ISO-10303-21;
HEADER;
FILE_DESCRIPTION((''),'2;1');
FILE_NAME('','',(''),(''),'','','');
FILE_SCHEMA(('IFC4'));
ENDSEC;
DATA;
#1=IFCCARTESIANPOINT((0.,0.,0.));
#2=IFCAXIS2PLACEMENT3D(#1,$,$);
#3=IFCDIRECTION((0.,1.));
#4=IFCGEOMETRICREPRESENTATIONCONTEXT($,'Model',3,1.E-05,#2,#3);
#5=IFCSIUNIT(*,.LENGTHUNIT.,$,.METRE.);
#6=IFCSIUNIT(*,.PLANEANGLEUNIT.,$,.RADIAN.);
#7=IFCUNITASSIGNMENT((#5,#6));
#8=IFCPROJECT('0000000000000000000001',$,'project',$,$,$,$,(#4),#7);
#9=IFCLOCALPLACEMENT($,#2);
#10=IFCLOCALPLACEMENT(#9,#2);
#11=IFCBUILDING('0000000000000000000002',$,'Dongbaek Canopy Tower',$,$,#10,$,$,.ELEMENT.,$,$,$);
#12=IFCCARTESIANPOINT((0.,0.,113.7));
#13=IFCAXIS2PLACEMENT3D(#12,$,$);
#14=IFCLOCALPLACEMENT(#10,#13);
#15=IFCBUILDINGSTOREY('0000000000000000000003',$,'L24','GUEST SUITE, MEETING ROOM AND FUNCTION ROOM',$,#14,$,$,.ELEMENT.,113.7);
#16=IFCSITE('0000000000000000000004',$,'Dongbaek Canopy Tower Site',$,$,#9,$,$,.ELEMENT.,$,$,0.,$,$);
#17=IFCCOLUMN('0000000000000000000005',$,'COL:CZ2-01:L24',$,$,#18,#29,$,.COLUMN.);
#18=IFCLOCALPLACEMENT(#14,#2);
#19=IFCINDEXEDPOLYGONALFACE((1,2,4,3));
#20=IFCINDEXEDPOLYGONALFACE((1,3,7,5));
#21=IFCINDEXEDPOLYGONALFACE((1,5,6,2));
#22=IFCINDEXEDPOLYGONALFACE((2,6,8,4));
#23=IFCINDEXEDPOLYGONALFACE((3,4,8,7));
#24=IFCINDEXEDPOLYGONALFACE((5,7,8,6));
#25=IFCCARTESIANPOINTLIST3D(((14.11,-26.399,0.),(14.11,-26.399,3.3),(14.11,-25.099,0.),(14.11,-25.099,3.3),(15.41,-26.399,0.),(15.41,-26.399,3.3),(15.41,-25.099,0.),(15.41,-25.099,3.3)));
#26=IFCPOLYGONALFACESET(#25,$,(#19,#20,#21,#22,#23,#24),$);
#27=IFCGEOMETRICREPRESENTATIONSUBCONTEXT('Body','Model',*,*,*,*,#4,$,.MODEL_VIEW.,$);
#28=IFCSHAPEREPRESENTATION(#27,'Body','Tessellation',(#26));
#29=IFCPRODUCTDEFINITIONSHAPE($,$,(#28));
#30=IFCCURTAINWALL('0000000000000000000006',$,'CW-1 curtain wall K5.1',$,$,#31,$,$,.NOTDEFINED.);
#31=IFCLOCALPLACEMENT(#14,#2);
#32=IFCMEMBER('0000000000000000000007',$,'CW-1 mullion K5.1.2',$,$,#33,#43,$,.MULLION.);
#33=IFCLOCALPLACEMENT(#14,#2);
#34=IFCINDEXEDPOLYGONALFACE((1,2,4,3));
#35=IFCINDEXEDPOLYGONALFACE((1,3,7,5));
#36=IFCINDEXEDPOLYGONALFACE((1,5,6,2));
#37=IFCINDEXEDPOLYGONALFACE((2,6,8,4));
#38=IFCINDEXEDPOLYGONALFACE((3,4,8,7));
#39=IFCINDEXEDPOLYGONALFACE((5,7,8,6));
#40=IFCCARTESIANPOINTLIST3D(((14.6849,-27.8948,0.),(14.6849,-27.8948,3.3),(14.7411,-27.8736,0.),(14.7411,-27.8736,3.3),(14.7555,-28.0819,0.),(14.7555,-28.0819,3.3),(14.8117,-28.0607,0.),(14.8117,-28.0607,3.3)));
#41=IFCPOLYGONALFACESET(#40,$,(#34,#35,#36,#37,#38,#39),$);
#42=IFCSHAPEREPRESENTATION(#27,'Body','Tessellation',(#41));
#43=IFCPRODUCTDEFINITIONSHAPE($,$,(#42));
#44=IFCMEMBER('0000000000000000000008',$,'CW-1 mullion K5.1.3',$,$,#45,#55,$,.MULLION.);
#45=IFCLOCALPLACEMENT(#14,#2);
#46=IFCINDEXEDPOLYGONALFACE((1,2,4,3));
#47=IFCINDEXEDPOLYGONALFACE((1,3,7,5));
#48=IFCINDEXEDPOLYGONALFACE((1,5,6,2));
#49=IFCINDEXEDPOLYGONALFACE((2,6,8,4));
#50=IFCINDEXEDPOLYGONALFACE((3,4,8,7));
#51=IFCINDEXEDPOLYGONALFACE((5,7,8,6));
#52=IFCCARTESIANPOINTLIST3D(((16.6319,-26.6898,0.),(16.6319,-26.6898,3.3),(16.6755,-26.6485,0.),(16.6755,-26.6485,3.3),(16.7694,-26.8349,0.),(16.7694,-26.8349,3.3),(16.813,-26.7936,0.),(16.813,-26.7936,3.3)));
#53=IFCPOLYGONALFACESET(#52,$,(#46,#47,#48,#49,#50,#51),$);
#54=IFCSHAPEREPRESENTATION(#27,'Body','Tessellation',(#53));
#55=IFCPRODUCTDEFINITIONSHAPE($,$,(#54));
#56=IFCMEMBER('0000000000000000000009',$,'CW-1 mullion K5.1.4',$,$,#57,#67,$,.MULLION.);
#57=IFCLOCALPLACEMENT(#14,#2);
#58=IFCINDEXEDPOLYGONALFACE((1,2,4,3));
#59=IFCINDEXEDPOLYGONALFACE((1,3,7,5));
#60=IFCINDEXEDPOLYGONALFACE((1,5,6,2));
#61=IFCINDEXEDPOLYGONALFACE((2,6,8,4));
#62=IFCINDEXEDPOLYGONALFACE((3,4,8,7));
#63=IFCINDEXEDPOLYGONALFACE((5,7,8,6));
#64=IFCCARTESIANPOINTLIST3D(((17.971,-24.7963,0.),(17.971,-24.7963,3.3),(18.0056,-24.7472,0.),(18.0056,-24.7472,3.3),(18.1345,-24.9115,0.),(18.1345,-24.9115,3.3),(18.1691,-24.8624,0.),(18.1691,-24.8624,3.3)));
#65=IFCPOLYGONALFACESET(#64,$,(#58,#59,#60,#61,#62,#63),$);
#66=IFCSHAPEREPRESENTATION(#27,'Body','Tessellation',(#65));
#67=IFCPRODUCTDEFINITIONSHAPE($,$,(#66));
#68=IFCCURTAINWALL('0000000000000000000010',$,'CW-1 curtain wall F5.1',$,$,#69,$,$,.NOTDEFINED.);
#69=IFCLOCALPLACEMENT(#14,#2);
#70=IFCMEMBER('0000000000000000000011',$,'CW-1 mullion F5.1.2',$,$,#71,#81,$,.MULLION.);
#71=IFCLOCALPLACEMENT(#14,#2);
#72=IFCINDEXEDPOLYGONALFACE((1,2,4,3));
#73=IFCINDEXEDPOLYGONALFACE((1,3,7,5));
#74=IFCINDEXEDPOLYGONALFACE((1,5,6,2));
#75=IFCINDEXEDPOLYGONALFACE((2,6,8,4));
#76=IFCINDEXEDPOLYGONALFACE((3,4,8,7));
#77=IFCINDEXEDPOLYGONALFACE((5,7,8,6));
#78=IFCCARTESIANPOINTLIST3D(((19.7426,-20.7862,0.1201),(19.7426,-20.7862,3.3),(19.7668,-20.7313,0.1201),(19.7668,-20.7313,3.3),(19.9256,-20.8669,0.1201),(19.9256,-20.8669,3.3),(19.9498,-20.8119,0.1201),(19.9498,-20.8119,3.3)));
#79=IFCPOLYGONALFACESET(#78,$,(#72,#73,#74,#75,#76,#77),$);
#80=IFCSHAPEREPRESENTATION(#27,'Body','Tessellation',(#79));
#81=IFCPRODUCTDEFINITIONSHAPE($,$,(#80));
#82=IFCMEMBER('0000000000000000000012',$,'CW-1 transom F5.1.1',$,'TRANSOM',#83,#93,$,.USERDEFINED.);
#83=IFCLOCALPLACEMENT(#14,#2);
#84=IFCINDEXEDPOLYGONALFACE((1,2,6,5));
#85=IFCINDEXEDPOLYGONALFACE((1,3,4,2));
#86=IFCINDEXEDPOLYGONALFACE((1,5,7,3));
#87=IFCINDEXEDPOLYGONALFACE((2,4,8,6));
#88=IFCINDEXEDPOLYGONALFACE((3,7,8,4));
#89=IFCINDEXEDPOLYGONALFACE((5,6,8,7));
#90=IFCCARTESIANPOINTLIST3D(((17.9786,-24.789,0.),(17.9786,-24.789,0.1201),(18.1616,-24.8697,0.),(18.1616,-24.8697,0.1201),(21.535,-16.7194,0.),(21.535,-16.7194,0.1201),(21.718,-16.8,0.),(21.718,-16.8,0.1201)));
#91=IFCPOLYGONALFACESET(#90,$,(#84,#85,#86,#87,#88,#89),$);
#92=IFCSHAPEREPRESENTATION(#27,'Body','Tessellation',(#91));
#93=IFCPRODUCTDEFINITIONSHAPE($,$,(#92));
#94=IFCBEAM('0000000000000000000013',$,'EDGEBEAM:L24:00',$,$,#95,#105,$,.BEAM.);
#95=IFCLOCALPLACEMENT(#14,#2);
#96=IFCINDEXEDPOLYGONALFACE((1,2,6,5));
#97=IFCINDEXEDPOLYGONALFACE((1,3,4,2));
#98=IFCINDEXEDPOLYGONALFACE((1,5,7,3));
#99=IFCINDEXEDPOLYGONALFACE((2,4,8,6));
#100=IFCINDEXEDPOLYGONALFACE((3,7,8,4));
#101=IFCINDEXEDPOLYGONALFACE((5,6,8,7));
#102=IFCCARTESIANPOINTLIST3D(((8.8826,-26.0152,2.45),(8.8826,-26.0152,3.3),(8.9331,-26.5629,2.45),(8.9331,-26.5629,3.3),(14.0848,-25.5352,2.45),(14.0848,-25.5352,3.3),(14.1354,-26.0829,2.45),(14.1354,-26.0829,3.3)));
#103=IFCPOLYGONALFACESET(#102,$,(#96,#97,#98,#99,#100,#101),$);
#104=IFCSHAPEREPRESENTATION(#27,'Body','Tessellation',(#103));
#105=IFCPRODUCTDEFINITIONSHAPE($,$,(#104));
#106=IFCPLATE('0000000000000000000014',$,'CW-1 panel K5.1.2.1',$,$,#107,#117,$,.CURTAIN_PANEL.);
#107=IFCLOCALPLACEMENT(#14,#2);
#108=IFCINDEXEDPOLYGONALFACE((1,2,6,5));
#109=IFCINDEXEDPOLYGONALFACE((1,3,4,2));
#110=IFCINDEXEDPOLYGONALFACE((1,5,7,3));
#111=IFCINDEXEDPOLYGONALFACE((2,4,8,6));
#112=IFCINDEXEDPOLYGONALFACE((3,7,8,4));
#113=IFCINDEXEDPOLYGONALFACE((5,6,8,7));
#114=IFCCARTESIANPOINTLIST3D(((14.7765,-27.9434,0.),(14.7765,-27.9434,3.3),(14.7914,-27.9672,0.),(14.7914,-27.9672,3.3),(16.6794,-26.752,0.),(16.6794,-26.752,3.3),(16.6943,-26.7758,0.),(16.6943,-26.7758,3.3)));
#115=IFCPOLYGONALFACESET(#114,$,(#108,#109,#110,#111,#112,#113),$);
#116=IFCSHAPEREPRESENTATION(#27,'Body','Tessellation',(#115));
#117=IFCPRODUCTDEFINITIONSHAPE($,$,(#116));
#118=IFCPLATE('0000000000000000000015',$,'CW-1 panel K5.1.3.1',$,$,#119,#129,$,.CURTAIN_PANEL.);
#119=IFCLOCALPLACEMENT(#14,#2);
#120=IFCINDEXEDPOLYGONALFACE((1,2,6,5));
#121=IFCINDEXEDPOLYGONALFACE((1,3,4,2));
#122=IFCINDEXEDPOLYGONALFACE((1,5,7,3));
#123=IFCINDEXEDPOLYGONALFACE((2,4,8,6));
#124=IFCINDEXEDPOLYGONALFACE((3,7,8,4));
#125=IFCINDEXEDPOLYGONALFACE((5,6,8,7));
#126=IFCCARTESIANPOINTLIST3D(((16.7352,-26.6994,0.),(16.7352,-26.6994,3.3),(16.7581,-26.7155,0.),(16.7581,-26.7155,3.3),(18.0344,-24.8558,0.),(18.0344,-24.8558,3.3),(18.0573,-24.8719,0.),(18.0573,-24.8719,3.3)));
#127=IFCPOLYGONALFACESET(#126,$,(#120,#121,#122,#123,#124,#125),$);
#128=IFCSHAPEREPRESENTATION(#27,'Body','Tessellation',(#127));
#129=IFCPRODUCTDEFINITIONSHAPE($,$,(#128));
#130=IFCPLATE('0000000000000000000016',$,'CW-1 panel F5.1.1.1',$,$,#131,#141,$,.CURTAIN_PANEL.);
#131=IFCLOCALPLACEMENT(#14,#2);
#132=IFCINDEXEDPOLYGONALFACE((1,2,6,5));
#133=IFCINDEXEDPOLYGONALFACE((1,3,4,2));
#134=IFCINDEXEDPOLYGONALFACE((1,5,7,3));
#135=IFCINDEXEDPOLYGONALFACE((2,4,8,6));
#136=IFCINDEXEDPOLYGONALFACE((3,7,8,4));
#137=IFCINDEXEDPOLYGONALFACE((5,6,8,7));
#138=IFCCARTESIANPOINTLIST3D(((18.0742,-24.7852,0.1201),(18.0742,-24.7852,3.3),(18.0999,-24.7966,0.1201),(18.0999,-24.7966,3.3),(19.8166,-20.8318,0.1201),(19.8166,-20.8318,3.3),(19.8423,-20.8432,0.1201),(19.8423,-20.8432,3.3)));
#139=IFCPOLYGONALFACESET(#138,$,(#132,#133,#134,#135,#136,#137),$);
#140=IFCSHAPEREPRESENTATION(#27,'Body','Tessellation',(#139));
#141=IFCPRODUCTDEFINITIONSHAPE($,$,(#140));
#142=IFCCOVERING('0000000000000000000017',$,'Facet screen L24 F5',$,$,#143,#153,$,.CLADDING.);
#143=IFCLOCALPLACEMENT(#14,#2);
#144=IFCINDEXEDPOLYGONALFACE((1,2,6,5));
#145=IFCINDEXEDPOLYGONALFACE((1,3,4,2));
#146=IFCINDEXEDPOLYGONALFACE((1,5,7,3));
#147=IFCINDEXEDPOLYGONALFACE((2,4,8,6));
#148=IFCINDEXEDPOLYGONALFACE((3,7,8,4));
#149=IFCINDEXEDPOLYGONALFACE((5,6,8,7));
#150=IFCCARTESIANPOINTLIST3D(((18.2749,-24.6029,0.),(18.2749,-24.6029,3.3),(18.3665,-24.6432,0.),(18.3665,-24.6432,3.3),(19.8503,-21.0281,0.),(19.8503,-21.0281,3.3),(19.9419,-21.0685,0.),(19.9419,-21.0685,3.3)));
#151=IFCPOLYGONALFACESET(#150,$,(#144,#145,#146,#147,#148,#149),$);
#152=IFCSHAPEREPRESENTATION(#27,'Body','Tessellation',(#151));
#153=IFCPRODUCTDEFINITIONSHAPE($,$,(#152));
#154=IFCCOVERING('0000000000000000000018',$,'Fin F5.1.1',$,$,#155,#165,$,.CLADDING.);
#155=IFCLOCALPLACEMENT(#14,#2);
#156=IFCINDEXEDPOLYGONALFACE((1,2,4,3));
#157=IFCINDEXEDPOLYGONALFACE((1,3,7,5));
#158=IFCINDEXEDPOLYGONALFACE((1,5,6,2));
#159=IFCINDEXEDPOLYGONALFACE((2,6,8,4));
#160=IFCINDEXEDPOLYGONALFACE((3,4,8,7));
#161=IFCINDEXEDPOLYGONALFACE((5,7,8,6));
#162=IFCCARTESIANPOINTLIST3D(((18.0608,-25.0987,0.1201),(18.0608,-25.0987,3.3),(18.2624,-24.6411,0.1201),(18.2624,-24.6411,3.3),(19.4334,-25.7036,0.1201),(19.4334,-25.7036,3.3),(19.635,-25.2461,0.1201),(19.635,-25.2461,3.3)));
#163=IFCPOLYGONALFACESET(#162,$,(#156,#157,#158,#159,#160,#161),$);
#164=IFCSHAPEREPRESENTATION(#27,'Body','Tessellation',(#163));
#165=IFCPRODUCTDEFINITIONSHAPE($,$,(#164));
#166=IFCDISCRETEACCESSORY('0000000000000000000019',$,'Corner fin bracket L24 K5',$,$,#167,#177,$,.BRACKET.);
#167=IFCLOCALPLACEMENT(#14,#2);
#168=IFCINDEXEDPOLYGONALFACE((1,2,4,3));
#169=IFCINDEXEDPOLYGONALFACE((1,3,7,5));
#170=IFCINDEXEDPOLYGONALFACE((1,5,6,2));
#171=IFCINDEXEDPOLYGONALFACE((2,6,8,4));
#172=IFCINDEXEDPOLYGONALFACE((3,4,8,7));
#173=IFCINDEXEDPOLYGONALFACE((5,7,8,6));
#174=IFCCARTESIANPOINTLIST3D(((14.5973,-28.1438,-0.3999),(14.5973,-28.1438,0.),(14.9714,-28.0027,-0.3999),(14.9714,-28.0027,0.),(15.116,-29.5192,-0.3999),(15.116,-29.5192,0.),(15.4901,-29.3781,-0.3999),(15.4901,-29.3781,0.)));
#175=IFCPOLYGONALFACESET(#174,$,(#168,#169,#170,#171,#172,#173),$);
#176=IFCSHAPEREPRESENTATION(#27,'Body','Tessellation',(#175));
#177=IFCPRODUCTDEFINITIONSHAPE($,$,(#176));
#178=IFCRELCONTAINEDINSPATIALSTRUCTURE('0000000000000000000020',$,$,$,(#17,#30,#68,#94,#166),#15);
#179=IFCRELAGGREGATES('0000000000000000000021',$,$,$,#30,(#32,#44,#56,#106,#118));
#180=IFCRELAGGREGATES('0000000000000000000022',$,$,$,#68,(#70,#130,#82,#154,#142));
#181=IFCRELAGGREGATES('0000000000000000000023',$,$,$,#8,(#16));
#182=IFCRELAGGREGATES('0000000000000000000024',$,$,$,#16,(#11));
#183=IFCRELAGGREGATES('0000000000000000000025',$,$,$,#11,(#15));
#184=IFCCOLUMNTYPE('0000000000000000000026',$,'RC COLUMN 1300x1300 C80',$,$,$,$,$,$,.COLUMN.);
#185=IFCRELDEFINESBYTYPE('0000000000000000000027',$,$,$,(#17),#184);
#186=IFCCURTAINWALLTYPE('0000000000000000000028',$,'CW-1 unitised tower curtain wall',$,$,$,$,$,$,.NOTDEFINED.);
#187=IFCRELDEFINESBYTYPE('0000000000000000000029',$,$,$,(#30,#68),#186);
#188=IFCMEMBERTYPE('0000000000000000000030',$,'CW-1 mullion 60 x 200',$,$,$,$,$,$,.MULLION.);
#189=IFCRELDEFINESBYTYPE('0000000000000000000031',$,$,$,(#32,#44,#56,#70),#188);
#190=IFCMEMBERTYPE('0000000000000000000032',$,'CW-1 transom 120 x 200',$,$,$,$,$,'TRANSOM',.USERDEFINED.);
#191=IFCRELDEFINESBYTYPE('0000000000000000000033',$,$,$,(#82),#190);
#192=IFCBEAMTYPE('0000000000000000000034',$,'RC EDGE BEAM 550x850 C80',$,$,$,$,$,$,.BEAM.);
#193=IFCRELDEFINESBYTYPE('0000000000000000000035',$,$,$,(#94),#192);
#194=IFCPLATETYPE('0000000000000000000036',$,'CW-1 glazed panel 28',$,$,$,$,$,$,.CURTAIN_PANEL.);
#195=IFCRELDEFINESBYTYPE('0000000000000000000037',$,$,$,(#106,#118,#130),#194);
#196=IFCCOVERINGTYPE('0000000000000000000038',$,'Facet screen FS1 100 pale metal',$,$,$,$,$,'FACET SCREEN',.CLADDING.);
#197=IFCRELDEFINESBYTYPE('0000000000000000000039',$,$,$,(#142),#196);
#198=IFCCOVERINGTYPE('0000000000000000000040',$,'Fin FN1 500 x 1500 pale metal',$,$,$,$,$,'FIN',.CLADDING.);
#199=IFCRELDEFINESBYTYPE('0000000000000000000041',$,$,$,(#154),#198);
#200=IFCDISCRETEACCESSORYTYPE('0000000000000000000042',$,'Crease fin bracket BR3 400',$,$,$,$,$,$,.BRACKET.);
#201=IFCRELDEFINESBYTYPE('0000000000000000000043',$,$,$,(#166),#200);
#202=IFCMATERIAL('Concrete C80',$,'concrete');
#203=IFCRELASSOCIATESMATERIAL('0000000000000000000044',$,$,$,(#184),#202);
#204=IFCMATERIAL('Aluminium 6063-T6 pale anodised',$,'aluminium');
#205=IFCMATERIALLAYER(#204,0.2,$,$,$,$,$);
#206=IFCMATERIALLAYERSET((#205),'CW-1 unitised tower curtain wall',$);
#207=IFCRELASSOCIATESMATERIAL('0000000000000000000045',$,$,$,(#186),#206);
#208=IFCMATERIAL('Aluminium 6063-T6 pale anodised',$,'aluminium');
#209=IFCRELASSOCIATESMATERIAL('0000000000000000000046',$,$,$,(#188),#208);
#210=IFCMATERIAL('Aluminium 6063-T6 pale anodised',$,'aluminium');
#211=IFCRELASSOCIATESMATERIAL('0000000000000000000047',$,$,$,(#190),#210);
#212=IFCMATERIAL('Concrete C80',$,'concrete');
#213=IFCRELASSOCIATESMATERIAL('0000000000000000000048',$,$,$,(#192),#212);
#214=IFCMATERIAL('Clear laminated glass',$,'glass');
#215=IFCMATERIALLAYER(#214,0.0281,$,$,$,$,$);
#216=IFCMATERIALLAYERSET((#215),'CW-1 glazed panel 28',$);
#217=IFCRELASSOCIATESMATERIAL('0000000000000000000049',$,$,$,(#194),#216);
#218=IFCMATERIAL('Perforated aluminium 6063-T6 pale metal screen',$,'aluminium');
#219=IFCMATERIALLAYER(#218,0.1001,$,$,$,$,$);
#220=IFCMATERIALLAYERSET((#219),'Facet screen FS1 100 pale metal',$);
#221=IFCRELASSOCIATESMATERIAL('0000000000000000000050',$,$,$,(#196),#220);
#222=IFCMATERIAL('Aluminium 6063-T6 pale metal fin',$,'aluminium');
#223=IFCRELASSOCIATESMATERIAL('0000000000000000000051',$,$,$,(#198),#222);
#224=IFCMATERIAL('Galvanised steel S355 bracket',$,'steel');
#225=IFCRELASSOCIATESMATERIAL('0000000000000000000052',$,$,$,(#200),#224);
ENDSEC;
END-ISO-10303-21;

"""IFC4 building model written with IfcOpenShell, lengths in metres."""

from ifc_helpers import new_model, si_unit, direction, frame, origin, origin_2d, place, context, subcontext, project, spatial, rectangle, extrude, material, layer, layer_set, material_profile, profile_set, type_object, element, aggregate, save


model = new_model("IFC4")

# Units and contexts
model_context = context("Model", 3, precision=1e-05, world=origin(), true_north=direction((0.0, 1.0)))
body_context = subcontext(model_context, "Body", "Model", "MODEL_VIEW")
ifc_project = project(units=[si_unit("LENGTHUNIT", "METRE"), si_unit("PLANEANGLEUNIT", "RADIAN")], contexts=[model_context])

# Site, building, storey
site_placement = place(None, origin())
site = spatial("IfcSite", under=ifc_project, at=site_placement, Name="Dongbaek Canopy Tower Site", CompositionType="ELEMENT", RefElevation=0.0)
building_placement = place(site_placement, origin())
building = spatial("IfcBuilding", under=site, at=building_placement, Name="Dongbaek Canopy Tower", CompositionType="ELEMENT")
storey_placement = place(building_placement, frame((0.0, 0.0, 113.7)))
storey = spatial("IfcBuildingStorey", under=building, at=storey_placement, Name="L24", Description="GUEST SUITE, MEETING ROOM AND FUNCTION ROOM", CompositionType="ELEMENT", Elevation=113.7)

# Column
ifc_material_1 = material(Name="Concrete C80", Category="concrete")
ifc_material_profile_1 = material_profile(ifc_material_1, rectangle(XDim=1.3, YDim=1.3, at=origin_2d()), Name="RC COLUMN 1300x1300 C80")
ifc_profile_set_1 = profile_set([ifc_material_profile_1], Name="Concrete C80")
column_type = type_object("IfcColumnType", Name="RC COLUMN 1300x1300 C80", PredefinedType="COLUMN", material=ifc_profile_set_1)
column_placement = place(storey_placement, frame((14.76, -25.749, 0.0), z_axis=(0.0, 0.0, 1.0), x_axis=(1.0, 0.0, 0.0)))
element("IfcColumn", 1, at=column_placement, inside=storey, type_object=column_type, Name="COL:CZ2-01:L24", PredefinedType="COLUMN", context=body_context, shape_type="SweptSolid", body=[
    extrude(rectangle(XDim=1.3, YDim=1.3, at=origin_2d()), origin(), (0.0, 0.0, 1.0), 3.3),
])

# Curtain walls, members
ifc_material_2 = material(Name="Aluminium 6063-T6 pale anodised", Category="aluminium")
ifc_layer_1 = layer(ifc_material_2, 0.2)
ifc_layer_set_1 = layer_set([ifc_layer_1], Name="CW-1 unitised tower curtain wall")
curtain_wall_type = type_object("IfcCurtainWallType", Name="CW-1 unitised tower curtain wall", PredefinedType="NOTDEFINED", material=ifc_layer_set_1)
curtain_wall_1_placement = place(storey_placement, origin())
curtain_wall_1 = element("IfcCurtainWall", 2, at=curtain_wall_1_placement, inside=storey, type_object=curtain_wall_type, Name="CW-1 curtain wall K5.1", PredefinedType="NOTDEFINED")
ifc_material_3 = material(Name="Aluminium 6063-T6 pale anodised", Category="aluminium")
ifc_material_profile_2 = material_profile(ifc_material_3, rectangle(XDim=0.2, YDim=0.0601, at=origin_2d()), Name="CW-1 mullion 60 x 200")
ifc_profile_set_2 = profile_set([ifc_material_profile_2], Name="Aluminium 6063-T6 pale anodised")
member_type_1 = type_object("IfcMemberType", Name="CW-1 mullion 60 x 200", PredefinedType="MULLION", material=ifc_profile_set_2)
member_1_placement = place(storey_placement, frame((14.7483, -27.9778, 0.0), z_axis=(0.0, 0.0, 1.0), x_axis=(0.352875, -0.93567, 0.0)))
member_1 = element("IfcMember", 3, at=member_1_placement, type_object=member_type_1, Name="CW-1 mullion K5.1.2", PredefinedType="MULLION", context=body_context, shape_type="SweptSolid", body=[
    extrude(rectangle(XDim=0.2, YDim=0.0601, at=origin_2d()), origin(), (0.0, 0.0, 1.0), 3.3),
])
member_2_placement = place(storey_placement, frame((16.7224, -26.7417, 0.0), z_axis=(0.0, 0.0, 1.0), x_axis=(0.68759, -0.726099, 0.0)))
member_2 = element("IfcMember", 4, at=member_2_placement, type_object=member_type_1, Name="CW-1 mullion K5.1.3", PredefinedType="MULLION", context=body_context, shape_type="SweptSolid", body=[
    extrude(rectangle(XDim=0.2, YDim=0.0601, at=origin_2d()), origin(), (0.0, 0.0, 1.0), 3.3),
])
member_3_placement = place(storey_placement, frame((18.0701, -24.8293, 0.0), z_axis=(0.0, 0.0, 1.0), x_axis=(0.817425, -0.576035, 0.0)))
member_3 = element("IfcMember", 5, at=member_3_placement, type_object=member_type_1, Name="CW-1 mullion K5.1.4", PredefinedType="MULLION", context=body_context, shape_type="SweptSolid", body=[
    extrude(rectangle(XDim=0.2, YDim=0.0601, at=origin_2d()), origin(), (0.0, 0.0, 1.0), 3.3),
])
curtain_wall_2_placement = place(storey_placement, origin())
curtain_wall_2 = element("IfcCurtainWall", 6, at=curtain_wall_2_placement, inside=storey, type_object=curtain_wall_type, Name="CW-1 curtain wall F5.1", PredefinedType="NOTDEFINED")
member_4_placement = place(storey_placement, frame((19.8462, -20.7991, 0.1201), z_axis=(0.0, 0.0, 1.0), x_axis=(0.915073, -0.403289, 0.0)))
member_4 = element("IfcMember", 7, at=member_4_placement, type_object=member_type_1, Name="CW-1 mullion F5.1.2", PredefinedType="MULLION", context=body_context, shape_type="SweptSolid", body=[
    extrude(rectangle(XDim=0.2, YDim=0.0601, at=origin_2d()), origin(), (0.0, 0.0, 1.0), 3.1799),
])
ifc_material_4 = material(Name="Aluminium 6063-T6 pale anodised", Category="aluminium")
ifc_material_profile_3 = material_profile(ifc_material_4, rectangle(XDim=0.2, YDim=0.1201, at=origin_2d()), Name="CW-1 transom 120 x 200")
ifc_profile_set_3 = profile_set([ifc_material_profile_3], Name="Aluminium 6063-T6 pale anodised")
member_type_2 = type_object("IfcMemberType", Name="CW-1 transom 120 x 200", ElementType="TRANSOM", PredefinedType="USERDEFINED", material=ifc_profile_set_3)
member_5_placement = place(storey_placement, frame((18.0701, -24.8293, 0.0601), z_axis=(0.403288, 0.915073, 0.0), x_axis=(-0.915073, 0.403288, 0.0)))
member_5 = element("IfcMember", 8, at=member_5_placement, type_object=member_type_2, Name="CW-1 transom F5.1.1", ObjectType="TRANSOM", PredefinedType="USERDEFINED", context=body_context, shape_type="SweptSolid", body=[
    extrude(rectangle(XDim=0.2, YDim=0.1201, at=origin_2d()), origin(), (0.0, 0.0, 1.0), 8.8186),
])

# Beam
ifc_material_5 = material(Name="Concrete C80", Category="concrete")
ifc_material_profile_4 = material_profile(ifc_material_5, rectangle(XDim=0.55, YDim=0.8501, at=origin_2d()), Name="RC EDGE BEAM 550x850 C80")
ifc_profile_set_4 = profile_set([ifc_material_profile_4], Name="Concrete C80")
beam_type = type_object("IfcBeamType", Name="RC EDGE BEAM 550x850 C80", PredefinedType="BEAM", material=ifc_profile_set_4)
beam_placement = place(storey_placement, frame((14.1101, -25.8091, 2.875), z_axis=(-0.99577, -0.091876, 0.0), x_axis=(0.091876, -0.99577, 0.0)))
element("IfcBeam", 9, at=beam_placement, inside=storey, type_object=beam_type, Name="EDGEBEAM:L24:00", PredefinedType="BEAM", context=body_context, shape_type="SweptSolid", body=[
    extrude(rectangle(XDim=0.55, YDim=0.8501, at=origin_2d()), origin(), (0.0, 0.0, 1.0), 5.2244),
])

# Plates
ifc_material_6 = material(Name="Clear laminated glass", Category="glass")
ifc_layer_2 = layer(ifc_material_6, 0.0281)
ifc_layer_set_2 = layer_set([ifc_layer_2], Name="CW-1 glazed panel 28")
plate_type = type_object("IfcPlateType", Name="CW-1 glazed panel 28", PredefinedType="CURTAIN_PANEL", material=ifc_layer_set_2)
plate_1_placement = place(storey_placement, frame((15.7354, -27.3596, 0.0), z_axis=(0.0, 0.0, 1.0), x_axis=(0.847572, 0.530681, 0.0)))
plate_1 = element("IfcPlate", 10, at=plate_1_placement, type_object=plate_type, Name="CW-1 panel K5.1.2.1", PredefinedType="CURTAIN_PANEL", context=body_context, shape_type="SweptSolid", body=[
    extrude(rectangle(XDim=2.2451, YDim=0.0281, at=origin_2d()), origin(), (0.0, 0.0, 1.0), 3.3),
])
plate_2_placement = place(storey_placement, frame((17.3962, -25.7856, 0.0), z_axis=(0.0, 0.0, 1.0), x_axis=(0.576035, 0.817425, 0.0)))
plate_2 = element("IfcPlate", 11, at=plate_2_placement, type_object=plate_type, Name="CW-1 panel K5.1.3.1", PredefinedType="CURTAIN_PANEL", context=body_context, shape_type="SweptSolid", body=[
    extrude(rectangle(XDim=2.2554, YDim=0.0281, at=origin_2d()), origin(), (0.0, 0.0, 1.0), 3.3),
])
aggregate(curtain_wall_1, [member_1, member_2, member_3, plate_1, plate_2])
plate_3_placement = place(storey_placement, frame((18.9583, -22.8142, 0.1201), z_axis=(0.0, 0.0, 1.0), x_axis=(0.403289, 0.915073, 0.0)))
plate_3 = element("IfcPlate", 12, at=plate_3_placement, type_object=plate_type, Name="CW-1 panel F5.1.1.1", PredefinedType="CURTAIN_PANEL", context=body_context, shape_type="SweptSolid", body=[
    extrude(rectangle(XDim=4.3203, YDim=0.0281, at=origin_2d()), origin(), (0.0, 0.0, 1.0), 3.1799),
])

# Coverings
ifc_material_7 = material(Name="Perforated aluminium 6063-T6 pale metal screen", Category="aluminium")
ifc_layer_3 = layer(ifc_material_7, 0.1001)
ifc_layer_set_3 = layer_set([ifc_layer_3], Name="Facet screen FS1 100 pale metal")
covering_type_1 = type_object("IfcCoveringType", Name="Facet screen FS1 100 pale metal", ElementType="FACET SCREEN", PredefinedType="CLADDING", material=ifc_layer_set_3)
covering_1_placement = place(storey_placement, frame((19.1084, -22.8357, 0.0), z_axis=(0.0, 0.0, 1.0), x_axis=(0.403288, 0.915073, 0.0)))
covering_1 = element("IfcCovering", 13, at=covering_1_placement, type_object=covering_type_1, Name="Facet screen L24 F5", PredefinedType="CLADDING", context=body_context, shape_type="SweptSolid", body=[
    extrude(rectangle(XDim=3.9065, YDim=0.1001, at=origin_2d()), origin(), (0.0, 0.0, 1.0), 3.3),
])
ifc_material_8 = material(Name="Aluminium 6063-T6 pale metal fin", Category="aluminium")
ifc_material_profile_5 = material_profile(ifc_material_8, rectangle(XDim=1.5, YDim=0.5, at=origin_2d()), Name="Fin FN1 500 x 1500 pale metal")
ifc_profile_set_5 = profile_set([ifc_material_profile_5], Name="Aluminium 6063-T6 pale metal fin")
covering_type_2 = type_object("IfcCoveringType", Name="Fin FN1 500 x 1500 pale metal", ElementType="FIN", PredefinedType="CLADDING", material=ifc_profile_set_5)
covering_2_placement = place(storey_placement, frame((18.8479, -25.1724, 0.1201), z_axis=(0.0, 0.0, 1.0), x_axis=(0.915073, -0.403289, 0.0)))
covering_2 = element("IfcCovering", 14, at=covering_2_placement, type_object=covering_type_2, Name="Fin F5.1.1", PredefinedType="CLADDING", context=body_context, shape_type="SweptSolid", body=[
    extrude(rectangle(XDim=1.5, YDim=0.5, at=origin_2d()), origin(), (0.0, 0.0, 1.0), 3.1799),
])
aggregate(curtain_wall_2, [member_4, plate_3, member_5, covering_2, covering_1])

# Discrete accessory
ifc_material_9 = material(Name="Galvanised steel S355 bracket", Category="steel")
discrete_accessory_type = type_object("IfcDiscreteAccessoryType", Name="Crease fin bracket BR3 400", PredefinedType="BRACKET", material=ifc_material_9)
discrete_accessory_placement = place(storey_placement, frame((15.0437, -28.761, -0.3999), z_axis=(0.0, 0.0, 1.0), x_axis=(0.352876, -0.93567, 0.0)))
element("IfcDiscreteAccessory", 15, at=discrete_accessory_placement, inside=storey, type_object=discrete_accessory_type, Name="Corner fin bracket L24 K5", PredefinedType="BRACKET", context=body_context, shape_type="SweptSolid", body=[
    extrude(rectangle(XDim=1.47, YDim=0.3999, at=origin_2d()), origin(), (0.0, 0.0, 1.0), 0.3999),
])

save(model, "model.ifc")
